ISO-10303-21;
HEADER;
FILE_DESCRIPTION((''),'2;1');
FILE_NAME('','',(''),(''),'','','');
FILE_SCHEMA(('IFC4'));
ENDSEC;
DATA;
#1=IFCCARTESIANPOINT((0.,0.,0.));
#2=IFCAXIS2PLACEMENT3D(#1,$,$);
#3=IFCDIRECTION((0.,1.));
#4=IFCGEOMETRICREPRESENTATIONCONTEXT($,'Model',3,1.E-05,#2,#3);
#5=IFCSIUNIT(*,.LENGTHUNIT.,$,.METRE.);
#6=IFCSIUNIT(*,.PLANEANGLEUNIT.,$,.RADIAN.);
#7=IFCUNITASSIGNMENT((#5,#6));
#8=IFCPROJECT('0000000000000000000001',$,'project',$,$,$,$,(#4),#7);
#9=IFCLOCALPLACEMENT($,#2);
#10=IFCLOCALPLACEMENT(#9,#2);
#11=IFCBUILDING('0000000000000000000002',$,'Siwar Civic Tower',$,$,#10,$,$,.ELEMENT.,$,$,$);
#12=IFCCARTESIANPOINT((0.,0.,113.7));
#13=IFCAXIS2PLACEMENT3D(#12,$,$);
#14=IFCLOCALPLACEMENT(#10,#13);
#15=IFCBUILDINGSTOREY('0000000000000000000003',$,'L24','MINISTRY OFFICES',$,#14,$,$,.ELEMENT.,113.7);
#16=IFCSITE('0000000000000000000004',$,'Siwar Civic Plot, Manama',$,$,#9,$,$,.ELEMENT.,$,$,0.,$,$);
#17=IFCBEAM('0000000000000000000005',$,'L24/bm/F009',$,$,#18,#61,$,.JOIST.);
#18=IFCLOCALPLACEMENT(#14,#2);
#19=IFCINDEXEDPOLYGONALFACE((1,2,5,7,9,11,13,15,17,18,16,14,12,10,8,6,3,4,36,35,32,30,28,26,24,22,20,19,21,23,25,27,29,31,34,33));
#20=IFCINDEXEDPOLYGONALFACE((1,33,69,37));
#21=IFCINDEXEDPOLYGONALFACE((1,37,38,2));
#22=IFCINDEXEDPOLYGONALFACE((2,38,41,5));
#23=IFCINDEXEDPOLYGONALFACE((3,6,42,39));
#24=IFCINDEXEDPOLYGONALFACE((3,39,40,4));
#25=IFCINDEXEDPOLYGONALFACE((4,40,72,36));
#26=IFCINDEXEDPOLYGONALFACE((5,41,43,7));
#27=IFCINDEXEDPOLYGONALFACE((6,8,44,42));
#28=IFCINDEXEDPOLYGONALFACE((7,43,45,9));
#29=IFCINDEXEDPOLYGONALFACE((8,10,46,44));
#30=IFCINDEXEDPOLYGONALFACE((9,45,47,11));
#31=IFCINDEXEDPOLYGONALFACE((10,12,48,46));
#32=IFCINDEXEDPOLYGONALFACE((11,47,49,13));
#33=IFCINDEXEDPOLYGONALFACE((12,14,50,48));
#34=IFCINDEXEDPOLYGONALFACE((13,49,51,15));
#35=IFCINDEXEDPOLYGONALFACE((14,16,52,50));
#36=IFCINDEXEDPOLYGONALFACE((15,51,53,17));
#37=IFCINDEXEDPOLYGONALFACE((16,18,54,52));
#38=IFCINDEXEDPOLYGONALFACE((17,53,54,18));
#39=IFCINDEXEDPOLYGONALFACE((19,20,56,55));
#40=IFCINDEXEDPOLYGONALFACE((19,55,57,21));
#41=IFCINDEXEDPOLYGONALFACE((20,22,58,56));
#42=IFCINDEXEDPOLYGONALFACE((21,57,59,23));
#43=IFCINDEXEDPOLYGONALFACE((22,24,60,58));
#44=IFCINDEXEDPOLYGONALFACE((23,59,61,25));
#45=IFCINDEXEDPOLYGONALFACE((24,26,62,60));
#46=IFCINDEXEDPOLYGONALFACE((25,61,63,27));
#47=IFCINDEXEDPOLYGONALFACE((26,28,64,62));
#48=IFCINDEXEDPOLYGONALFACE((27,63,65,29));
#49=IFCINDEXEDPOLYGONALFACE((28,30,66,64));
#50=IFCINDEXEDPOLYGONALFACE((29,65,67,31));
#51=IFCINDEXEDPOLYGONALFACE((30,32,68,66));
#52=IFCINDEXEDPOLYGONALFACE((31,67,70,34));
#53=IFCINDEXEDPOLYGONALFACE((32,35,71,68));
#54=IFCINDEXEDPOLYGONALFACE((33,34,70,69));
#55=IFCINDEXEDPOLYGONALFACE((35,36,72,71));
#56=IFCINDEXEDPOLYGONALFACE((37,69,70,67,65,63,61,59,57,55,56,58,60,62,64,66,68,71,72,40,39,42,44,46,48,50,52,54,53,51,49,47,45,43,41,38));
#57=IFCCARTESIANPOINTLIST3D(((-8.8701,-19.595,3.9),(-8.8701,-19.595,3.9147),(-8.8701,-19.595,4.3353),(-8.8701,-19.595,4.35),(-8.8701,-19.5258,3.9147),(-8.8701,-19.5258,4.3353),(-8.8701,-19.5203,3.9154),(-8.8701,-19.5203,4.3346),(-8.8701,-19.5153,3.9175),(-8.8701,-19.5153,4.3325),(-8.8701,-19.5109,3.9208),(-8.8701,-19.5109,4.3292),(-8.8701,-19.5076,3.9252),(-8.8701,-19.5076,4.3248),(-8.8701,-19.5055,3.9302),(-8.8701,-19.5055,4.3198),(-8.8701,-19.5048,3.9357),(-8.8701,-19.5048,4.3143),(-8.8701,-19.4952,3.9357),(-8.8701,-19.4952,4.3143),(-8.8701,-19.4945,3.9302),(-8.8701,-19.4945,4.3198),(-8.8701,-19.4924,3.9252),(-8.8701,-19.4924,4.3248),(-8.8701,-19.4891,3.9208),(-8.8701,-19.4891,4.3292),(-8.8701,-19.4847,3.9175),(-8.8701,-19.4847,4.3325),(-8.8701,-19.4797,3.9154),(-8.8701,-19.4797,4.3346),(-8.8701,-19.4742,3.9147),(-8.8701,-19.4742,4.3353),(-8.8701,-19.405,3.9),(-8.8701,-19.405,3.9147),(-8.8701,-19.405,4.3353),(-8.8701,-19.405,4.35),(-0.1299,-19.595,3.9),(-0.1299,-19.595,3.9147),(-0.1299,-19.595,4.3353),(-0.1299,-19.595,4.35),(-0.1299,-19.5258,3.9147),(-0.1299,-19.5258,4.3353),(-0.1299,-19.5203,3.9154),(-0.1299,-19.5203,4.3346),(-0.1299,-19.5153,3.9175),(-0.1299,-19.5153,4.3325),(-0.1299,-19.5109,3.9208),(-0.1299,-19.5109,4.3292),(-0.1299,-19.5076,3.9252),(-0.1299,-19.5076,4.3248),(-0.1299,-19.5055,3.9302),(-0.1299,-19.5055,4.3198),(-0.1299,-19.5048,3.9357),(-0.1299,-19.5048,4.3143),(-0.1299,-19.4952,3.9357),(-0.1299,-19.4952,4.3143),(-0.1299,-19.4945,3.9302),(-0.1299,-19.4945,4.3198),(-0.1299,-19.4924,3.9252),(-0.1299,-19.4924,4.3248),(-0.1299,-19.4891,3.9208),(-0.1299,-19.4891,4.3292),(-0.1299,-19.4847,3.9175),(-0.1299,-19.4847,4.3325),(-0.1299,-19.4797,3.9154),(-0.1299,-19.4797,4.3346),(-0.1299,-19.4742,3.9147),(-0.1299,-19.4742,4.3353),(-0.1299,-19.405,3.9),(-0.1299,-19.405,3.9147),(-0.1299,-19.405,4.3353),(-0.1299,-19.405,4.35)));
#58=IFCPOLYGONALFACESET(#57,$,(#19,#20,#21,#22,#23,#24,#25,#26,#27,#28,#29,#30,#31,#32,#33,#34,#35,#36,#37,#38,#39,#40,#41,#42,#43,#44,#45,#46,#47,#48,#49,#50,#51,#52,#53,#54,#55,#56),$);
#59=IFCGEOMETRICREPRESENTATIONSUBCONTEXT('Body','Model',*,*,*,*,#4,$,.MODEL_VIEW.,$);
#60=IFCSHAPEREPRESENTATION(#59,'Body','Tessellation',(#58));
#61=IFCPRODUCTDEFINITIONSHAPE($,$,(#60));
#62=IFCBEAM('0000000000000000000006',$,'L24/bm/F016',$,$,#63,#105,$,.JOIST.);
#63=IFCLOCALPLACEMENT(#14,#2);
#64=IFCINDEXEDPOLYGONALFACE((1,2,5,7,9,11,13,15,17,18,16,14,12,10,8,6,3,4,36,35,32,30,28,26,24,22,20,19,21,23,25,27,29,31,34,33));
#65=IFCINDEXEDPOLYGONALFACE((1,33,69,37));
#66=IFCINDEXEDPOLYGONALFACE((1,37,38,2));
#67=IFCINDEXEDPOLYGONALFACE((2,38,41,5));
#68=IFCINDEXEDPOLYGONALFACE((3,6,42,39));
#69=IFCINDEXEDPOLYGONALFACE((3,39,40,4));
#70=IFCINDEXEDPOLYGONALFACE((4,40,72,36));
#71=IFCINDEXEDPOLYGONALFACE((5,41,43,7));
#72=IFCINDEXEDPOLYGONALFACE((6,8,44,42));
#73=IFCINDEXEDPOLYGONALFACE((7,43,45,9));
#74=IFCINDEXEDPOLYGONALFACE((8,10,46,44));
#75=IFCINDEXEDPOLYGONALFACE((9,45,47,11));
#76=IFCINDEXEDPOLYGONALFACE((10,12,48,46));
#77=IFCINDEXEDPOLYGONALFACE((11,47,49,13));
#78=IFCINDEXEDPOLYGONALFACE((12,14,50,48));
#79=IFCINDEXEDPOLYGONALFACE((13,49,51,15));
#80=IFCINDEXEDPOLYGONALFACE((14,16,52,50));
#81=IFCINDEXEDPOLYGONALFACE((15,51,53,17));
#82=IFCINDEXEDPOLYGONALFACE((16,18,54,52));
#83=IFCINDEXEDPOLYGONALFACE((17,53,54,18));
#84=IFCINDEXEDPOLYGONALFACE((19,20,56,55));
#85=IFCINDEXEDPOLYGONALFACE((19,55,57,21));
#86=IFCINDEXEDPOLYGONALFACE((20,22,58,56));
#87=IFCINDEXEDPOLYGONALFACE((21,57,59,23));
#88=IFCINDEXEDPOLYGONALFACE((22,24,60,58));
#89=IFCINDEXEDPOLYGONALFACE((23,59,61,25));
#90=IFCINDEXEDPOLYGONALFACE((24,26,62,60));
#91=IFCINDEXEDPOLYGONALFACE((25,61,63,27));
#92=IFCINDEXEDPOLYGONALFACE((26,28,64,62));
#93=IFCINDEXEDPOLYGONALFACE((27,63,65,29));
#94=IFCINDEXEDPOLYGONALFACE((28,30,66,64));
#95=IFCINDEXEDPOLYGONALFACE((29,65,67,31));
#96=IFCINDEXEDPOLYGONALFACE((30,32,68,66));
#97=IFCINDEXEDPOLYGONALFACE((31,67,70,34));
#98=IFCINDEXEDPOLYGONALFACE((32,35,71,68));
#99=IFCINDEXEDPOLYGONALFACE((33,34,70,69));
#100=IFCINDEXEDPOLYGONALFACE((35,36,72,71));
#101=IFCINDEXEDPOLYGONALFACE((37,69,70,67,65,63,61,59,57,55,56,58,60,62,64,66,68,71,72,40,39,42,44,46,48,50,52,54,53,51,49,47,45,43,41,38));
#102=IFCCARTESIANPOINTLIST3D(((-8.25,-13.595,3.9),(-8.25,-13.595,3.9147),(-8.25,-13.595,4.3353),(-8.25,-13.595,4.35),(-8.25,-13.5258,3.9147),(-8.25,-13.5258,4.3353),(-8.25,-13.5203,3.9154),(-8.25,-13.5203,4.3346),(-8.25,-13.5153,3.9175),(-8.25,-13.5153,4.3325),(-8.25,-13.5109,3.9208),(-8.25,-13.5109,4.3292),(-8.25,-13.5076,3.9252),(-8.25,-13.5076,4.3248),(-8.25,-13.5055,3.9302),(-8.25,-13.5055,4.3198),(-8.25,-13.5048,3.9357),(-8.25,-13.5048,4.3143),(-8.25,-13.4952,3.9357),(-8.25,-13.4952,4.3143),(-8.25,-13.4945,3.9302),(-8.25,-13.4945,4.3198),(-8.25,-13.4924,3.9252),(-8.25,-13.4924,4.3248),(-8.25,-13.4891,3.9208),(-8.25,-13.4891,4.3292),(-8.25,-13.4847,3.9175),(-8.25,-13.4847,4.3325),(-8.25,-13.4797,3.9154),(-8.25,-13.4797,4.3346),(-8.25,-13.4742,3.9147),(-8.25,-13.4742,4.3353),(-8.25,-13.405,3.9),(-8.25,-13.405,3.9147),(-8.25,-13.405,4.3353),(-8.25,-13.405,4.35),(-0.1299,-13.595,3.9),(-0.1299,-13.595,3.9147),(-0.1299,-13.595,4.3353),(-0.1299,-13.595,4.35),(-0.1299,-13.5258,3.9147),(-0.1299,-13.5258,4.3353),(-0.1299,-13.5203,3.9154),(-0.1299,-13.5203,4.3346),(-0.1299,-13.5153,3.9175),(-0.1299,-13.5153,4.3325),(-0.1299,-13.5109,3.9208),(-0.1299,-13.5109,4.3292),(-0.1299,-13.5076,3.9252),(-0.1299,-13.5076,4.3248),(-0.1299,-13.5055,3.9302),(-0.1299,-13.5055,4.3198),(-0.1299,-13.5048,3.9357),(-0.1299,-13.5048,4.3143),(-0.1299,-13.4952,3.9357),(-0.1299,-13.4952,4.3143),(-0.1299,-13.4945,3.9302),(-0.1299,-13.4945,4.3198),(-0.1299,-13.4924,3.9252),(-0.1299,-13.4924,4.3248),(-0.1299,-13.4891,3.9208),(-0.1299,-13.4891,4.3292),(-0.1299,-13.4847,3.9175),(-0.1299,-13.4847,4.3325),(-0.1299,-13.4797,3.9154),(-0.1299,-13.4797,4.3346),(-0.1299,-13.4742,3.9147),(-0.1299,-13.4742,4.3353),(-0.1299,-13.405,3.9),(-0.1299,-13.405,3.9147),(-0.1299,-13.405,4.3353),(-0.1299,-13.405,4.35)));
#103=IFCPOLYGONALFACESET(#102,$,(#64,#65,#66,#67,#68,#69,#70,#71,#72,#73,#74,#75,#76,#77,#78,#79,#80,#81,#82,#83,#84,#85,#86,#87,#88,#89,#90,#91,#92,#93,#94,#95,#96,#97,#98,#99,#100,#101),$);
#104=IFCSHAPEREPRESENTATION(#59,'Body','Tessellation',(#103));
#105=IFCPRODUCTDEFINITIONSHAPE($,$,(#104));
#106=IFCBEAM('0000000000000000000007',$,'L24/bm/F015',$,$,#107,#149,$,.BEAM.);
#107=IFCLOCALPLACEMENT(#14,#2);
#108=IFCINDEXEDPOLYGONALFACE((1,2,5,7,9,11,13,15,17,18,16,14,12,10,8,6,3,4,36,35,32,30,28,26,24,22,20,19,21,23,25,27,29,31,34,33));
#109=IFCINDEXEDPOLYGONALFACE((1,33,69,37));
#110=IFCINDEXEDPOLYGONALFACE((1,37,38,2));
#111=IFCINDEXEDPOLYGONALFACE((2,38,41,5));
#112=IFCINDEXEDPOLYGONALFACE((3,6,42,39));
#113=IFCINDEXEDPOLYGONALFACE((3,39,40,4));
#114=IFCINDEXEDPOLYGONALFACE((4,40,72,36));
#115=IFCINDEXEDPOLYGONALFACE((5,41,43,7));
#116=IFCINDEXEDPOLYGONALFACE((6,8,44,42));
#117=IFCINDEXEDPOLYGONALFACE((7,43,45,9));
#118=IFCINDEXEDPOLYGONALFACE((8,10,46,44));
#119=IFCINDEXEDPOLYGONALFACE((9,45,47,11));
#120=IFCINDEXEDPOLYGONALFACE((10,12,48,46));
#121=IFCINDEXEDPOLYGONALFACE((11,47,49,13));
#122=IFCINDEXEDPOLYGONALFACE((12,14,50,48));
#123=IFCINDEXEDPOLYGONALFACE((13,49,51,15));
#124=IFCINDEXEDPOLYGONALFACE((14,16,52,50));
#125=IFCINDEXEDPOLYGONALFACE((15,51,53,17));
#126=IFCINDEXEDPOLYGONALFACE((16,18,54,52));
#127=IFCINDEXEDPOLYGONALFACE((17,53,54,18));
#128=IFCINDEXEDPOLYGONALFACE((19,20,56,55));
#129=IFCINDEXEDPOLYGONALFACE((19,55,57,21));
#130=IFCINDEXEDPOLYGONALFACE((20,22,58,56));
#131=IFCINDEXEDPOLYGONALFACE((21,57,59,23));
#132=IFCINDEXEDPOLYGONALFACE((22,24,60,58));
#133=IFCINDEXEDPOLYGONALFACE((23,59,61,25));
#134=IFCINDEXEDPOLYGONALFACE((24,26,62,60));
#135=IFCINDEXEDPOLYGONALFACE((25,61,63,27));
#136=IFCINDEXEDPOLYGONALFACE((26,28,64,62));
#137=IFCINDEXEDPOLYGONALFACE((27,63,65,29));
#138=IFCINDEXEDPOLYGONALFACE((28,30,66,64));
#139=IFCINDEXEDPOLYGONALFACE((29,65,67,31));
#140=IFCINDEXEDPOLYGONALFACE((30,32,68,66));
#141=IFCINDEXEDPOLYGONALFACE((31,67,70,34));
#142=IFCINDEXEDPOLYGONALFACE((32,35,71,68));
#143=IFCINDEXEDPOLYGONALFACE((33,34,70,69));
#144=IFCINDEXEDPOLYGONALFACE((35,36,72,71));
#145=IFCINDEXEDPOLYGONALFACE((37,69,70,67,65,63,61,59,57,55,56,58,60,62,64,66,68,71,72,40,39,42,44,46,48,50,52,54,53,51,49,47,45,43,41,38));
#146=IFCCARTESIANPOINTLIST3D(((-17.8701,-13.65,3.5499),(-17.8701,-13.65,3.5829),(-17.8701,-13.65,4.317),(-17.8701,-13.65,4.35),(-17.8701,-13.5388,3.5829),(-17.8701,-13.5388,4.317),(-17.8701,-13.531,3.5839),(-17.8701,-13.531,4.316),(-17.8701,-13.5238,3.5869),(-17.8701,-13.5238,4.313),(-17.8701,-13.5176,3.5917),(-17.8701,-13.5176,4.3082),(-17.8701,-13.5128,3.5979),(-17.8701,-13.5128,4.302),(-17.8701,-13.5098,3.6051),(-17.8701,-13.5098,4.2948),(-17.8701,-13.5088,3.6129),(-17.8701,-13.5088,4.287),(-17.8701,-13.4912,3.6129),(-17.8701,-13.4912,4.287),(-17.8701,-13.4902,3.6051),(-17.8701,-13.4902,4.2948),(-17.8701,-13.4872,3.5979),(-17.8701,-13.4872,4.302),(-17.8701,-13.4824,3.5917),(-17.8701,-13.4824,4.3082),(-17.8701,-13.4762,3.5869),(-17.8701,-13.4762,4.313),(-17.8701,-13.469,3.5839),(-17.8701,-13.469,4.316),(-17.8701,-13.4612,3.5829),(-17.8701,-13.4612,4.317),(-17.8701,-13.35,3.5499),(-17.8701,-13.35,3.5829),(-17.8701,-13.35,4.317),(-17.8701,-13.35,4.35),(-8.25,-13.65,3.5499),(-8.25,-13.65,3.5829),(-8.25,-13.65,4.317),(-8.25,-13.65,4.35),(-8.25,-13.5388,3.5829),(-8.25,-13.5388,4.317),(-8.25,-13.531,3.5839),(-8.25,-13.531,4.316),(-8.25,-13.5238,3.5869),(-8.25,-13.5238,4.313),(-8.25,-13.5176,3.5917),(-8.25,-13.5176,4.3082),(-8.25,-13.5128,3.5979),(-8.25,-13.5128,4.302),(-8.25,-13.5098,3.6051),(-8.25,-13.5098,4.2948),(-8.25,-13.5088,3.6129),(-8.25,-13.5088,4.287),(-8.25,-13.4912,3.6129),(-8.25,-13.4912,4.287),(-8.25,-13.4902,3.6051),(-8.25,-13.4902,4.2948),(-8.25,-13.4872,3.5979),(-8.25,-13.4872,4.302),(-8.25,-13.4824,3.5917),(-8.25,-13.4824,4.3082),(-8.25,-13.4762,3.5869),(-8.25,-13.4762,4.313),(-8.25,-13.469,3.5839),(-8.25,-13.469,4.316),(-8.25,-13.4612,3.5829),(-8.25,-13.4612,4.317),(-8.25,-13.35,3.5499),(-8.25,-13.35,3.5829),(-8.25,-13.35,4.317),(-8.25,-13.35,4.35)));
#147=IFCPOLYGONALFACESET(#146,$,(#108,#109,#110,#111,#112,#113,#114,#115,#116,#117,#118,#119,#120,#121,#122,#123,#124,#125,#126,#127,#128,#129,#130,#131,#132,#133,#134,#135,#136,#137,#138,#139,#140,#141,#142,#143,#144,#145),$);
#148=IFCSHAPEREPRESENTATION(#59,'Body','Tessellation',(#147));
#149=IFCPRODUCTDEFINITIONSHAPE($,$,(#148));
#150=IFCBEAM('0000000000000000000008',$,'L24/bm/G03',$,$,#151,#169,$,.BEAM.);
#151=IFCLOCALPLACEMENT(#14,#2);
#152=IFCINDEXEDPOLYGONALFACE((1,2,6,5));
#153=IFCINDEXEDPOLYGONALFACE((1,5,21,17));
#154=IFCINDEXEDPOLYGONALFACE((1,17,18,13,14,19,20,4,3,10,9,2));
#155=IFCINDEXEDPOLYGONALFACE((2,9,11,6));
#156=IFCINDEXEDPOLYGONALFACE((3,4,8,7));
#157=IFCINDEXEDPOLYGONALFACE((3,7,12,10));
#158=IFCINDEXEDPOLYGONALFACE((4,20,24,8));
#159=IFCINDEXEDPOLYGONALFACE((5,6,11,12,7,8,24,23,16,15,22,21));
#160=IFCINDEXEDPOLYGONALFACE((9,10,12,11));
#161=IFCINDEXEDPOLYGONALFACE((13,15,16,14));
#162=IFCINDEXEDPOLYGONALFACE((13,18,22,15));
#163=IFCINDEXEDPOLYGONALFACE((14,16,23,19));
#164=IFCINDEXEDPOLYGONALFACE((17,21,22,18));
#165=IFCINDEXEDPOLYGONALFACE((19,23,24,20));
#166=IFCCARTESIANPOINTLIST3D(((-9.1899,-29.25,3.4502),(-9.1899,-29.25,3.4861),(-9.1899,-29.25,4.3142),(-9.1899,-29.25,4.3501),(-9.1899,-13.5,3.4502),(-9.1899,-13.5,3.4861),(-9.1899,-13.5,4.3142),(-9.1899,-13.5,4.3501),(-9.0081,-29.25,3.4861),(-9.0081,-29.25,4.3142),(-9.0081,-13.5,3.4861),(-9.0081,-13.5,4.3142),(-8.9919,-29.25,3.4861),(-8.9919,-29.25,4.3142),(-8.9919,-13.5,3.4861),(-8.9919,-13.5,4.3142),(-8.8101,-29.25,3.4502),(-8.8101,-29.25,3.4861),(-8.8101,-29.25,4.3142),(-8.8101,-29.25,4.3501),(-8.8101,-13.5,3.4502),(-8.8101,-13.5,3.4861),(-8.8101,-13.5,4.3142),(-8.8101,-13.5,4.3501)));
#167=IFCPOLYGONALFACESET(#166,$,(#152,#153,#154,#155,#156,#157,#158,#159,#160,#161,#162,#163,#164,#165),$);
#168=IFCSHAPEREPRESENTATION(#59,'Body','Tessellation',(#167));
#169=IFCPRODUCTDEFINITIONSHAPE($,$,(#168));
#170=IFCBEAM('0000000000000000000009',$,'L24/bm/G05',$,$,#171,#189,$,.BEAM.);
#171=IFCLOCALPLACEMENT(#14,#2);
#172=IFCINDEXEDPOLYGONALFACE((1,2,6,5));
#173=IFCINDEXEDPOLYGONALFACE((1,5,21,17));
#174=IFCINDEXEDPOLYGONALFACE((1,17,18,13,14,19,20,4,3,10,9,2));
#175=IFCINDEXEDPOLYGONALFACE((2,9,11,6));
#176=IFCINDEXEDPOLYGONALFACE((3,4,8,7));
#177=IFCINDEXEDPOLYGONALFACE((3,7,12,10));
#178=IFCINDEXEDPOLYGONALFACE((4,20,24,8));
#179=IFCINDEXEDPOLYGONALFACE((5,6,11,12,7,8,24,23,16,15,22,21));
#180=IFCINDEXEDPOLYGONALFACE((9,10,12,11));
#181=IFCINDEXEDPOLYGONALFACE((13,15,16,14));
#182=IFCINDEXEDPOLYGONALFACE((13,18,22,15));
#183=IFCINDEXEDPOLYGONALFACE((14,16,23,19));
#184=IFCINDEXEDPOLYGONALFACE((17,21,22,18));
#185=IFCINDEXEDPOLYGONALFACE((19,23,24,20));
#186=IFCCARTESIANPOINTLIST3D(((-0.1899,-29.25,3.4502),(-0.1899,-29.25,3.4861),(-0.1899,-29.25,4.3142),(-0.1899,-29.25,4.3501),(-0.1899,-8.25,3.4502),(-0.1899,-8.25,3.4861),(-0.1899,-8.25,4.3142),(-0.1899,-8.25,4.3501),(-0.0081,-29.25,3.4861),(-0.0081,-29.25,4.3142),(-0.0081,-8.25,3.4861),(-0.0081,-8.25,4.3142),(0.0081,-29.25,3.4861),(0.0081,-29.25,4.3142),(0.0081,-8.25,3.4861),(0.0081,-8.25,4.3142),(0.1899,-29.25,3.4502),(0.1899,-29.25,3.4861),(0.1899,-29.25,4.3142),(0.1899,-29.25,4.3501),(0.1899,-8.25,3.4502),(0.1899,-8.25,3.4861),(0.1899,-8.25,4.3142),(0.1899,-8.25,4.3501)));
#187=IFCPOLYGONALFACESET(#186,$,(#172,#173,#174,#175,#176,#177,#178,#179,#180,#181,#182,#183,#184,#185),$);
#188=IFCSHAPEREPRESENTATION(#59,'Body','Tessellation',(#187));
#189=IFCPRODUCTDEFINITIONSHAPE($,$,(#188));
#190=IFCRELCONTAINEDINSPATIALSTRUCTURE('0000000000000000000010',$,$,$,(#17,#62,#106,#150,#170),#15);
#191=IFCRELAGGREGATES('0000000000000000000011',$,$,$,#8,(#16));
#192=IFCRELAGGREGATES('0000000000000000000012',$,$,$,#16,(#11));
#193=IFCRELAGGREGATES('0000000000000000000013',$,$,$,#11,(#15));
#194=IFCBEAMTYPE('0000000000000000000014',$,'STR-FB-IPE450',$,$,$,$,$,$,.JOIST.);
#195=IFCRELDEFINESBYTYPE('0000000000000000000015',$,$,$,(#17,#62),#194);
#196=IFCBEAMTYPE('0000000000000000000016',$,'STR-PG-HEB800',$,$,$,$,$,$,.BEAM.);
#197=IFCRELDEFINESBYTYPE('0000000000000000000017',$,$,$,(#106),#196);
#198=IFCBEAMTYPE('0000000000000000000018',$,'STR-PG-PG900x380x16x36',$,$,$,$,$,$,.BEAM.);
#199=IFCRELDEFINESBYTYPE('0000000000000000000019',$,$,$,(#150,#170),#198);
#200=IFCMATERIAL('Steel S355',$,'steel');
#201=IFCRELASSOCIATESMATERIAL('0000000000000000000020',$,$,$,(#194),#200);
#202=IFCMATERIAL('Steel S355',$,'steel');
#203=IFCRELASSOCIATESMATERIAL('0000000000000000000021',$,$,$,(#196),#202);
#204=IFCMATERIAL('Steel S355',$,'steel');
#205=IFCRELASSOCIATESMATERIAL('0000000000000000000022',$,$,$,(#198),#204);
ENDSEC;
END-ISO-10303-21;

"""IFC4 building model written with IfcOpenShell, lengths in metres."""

from ifc_helpers import new_model, si_unit, direction, frame, origin, origin_2d, place, context, subcontext, project, spatial, i_section, extrude, material, material_profile, profile_set, type_object, element, save


model = new_model("IFC4")

# Units and contexts
model_context = context("Model", 3, precision=1e-05, world=origin(), true_north=direction((0.0, 1.0)))
body_context = subcontext(model_context, "Body", "Model", "MODEL_VIEW")
ifc_project = project(units=[si_unit("LENGTHUNIT", "METRE"), si_unit("PLANEANGLEUNIT", "RADIAN")], contexts=[model_context])

# Site, building, storey
site_placement = place(None, origin())
site = spatial("IfcSite", under=ifc_project, at=site_placement, Name="Siwar Civic Plot, Manama", CompositionType="ELEMENT", RefElevation=0.0)
building_placement = place(site_placement, origin())
building = spatial("IfcBuilding", under=site, at=building_placement, Name="Siwar Civic Tower", CompositionType="ELEMENT")
storey_placement = place(building_placement, frame((0.0, 0.0, 113.7)))
storey = spatial("IfcBuildingStorey", under=building, at=storey_placement, Name="L24", Description="MINISTRY OFFICES", CompositionType="ELEMENT", Elevation=113.7)

# Beams
ifc_material_1 = material(Name="Steel S355", Category="steel")
ifc_material_profile_1 = material_profile(ifc_material_1, i_section(OverallWidth=0.1899, OverallDepth=0.45, WebThickness=0.0095, FlangeThickness=0.0146, FilletRadius=0.021, at=origin_2d()), Name="IPE450")
ifc_profile_set_1 = profile_set([ifc_material_profile_1], Name="Steel S355")
beam_type_1 = type_object("IfcBeamType", Name="STR-FB-IPE450", PredefinedType="JOIST", material=ifc_profile_set_1)
for number, where, z_axis, x_axis, name in (
    (1, (-8.8701, -19.5, 4.125), (1.0, 0.0, 0.0), (0.0, 1.0, 0.0), "L24/bm/F009"),
):
    element("IfcBeam", number, at=place(storey_placement, frame(where, z_axis=z_axis, x_axis=x_axis)), inside=storey, type_object=beam_type_1, Name=name, PredefinedType="JOIST", context=body_context, shape_type="SweptSolid", body=[
        extrude(i_section(OverallWidth=0.1899, OverallDepth=0.45, WebThickness=0.0095, FlangeThickness=0.0146, FilletRadius=0.021, at=origin_2d()), origin(), (0.0, 0.0, 1.0), 8.7402),
    ])
beam_1_placement = place(storey_placement, frame((-8.25, -13.5, 4.125), z_axis=(1.0, 0.0, 0.0), x_axis=(0.0, 1.0, 0.0)))
element("IfcBeam", 2, at=beam_1_placement, inside=storey, type_object=beam_type_1, Name="L24/bm/F016", PredefinedType="JOIST", context=body_context, shape_type="SweptSolid", body=[
    extrude(i_section(OverallWidth=0.1899, OverallDepth=0.45, WebThickness=0.0095, FlangeThickness=0.0146, FilletRadius=0.021, at=origin_2d()), origin(), (0.0, 0.0, 1.0), 8.1201),
])
ifc_material_2 = material(Name="Steel S355", Category="steel")
ifc_material_profile_2 = material_profile(ifc_material_2, i_section(OverallWidth=0.3, OverallDepth=0.8, WebThickness=0.0176, FlangeThickness=0.033, FilletRadius=0.03, at=origin_2d()), Name="HEB800")
ifc_profile_set_2 = profile_set([ifc_material_profile_2], Name="Steel S355")
beam_type_2 = type_object("IfcBeamType", Name="STR-PG-HEB800", PredefinedType="BEAM", material=ifc_profile_set_2)
beam_2_placement = place(storey_placement, frame((-17.8701, -13.5, 3.95), z_axis=(1.0, 0.0, 0.0), x_axis=(0.0, 1.0, 0.0)))
element("IfcBeam", 3, at=beam_2_placement, inside=storey, type_object=beam_type_2, Name="L24/bm/F015", PredefinedType="BEAM", context=body_context, shape_type="SweptSolid", body=[
    extrude(i_section(OverallWidth=0.3, OverallDepth=0.8, WebThickness=0.0176, FlangeThickness=0.033, FilletRadius=0.03, at=origin_2d()), origin(), (0.0, 0.0, 1.0), 9.6201),
])
ifc_material_3 = material(Name="Steel S355", Category="steel")
ifc_material_profile_3 = material_profile(ifc_material_3, i_section(OverallWidth=0.3799, OverallDepth=0.8999, WebThickness=0.0161, FlangeThickness=0.0359, at=origin_2d()), Name="PG900x380x16x36")
ifc_profile_set_3 = profile_set([ifc_material_profile_3], Name="Steel S355")
beam_type_3 = type_object("IfcBeamType", Name="STR-PG-PG900x380x16x36", PredefinedType="BEAM", material=ifc_profile_set_3)
beam_3_placement = place(storey_placement, frame((-9.0, -29.25, 3.9001), z_axis=(0.0, 1.0, 0.0), x_axis=(-1.0, 0.0, 0.0)))
element("IfcBeam", 4, at=beam_3_placement, inside=storey, type_object=beam_type_3, Name="L24/bm/G03", PredefinedType="BEAM", context=body_context, shape_type="SweptSolid", body=[
    extrude(i_section(OverallWidth=0.3799, OverallDepth=0.8999, WebThickness=0.0161, FlangeThickness=0.0359, at=origin_2d()), origin(), (0.0, 0.0, 1.0), 15.75),
])
beam_4_placement = place(storey_placement, frame((0.0, -29.25, 3.9001), z_axis=(0.0, 1.0, 0.0), x_axis=(-1.0, 0.0, 0.0)))
element("IfcBeam", 5, at=beam_4_placement, inside=storey, type_object=beam_type_3, Name="L24/bm/G05", PredefinedType="BEAM", context=body_context, shape_type="SweptSolid", body=[
    extrude(i_section(OverallWidth=0.3799, OverallDepth=0.8999, WebThickness=0.0161, FlangeThickness=0.0359, at=origin_2d()), origin(), (0.0, 0.0, 1.0), 21.0),
])

save(model, "model.ifc")
